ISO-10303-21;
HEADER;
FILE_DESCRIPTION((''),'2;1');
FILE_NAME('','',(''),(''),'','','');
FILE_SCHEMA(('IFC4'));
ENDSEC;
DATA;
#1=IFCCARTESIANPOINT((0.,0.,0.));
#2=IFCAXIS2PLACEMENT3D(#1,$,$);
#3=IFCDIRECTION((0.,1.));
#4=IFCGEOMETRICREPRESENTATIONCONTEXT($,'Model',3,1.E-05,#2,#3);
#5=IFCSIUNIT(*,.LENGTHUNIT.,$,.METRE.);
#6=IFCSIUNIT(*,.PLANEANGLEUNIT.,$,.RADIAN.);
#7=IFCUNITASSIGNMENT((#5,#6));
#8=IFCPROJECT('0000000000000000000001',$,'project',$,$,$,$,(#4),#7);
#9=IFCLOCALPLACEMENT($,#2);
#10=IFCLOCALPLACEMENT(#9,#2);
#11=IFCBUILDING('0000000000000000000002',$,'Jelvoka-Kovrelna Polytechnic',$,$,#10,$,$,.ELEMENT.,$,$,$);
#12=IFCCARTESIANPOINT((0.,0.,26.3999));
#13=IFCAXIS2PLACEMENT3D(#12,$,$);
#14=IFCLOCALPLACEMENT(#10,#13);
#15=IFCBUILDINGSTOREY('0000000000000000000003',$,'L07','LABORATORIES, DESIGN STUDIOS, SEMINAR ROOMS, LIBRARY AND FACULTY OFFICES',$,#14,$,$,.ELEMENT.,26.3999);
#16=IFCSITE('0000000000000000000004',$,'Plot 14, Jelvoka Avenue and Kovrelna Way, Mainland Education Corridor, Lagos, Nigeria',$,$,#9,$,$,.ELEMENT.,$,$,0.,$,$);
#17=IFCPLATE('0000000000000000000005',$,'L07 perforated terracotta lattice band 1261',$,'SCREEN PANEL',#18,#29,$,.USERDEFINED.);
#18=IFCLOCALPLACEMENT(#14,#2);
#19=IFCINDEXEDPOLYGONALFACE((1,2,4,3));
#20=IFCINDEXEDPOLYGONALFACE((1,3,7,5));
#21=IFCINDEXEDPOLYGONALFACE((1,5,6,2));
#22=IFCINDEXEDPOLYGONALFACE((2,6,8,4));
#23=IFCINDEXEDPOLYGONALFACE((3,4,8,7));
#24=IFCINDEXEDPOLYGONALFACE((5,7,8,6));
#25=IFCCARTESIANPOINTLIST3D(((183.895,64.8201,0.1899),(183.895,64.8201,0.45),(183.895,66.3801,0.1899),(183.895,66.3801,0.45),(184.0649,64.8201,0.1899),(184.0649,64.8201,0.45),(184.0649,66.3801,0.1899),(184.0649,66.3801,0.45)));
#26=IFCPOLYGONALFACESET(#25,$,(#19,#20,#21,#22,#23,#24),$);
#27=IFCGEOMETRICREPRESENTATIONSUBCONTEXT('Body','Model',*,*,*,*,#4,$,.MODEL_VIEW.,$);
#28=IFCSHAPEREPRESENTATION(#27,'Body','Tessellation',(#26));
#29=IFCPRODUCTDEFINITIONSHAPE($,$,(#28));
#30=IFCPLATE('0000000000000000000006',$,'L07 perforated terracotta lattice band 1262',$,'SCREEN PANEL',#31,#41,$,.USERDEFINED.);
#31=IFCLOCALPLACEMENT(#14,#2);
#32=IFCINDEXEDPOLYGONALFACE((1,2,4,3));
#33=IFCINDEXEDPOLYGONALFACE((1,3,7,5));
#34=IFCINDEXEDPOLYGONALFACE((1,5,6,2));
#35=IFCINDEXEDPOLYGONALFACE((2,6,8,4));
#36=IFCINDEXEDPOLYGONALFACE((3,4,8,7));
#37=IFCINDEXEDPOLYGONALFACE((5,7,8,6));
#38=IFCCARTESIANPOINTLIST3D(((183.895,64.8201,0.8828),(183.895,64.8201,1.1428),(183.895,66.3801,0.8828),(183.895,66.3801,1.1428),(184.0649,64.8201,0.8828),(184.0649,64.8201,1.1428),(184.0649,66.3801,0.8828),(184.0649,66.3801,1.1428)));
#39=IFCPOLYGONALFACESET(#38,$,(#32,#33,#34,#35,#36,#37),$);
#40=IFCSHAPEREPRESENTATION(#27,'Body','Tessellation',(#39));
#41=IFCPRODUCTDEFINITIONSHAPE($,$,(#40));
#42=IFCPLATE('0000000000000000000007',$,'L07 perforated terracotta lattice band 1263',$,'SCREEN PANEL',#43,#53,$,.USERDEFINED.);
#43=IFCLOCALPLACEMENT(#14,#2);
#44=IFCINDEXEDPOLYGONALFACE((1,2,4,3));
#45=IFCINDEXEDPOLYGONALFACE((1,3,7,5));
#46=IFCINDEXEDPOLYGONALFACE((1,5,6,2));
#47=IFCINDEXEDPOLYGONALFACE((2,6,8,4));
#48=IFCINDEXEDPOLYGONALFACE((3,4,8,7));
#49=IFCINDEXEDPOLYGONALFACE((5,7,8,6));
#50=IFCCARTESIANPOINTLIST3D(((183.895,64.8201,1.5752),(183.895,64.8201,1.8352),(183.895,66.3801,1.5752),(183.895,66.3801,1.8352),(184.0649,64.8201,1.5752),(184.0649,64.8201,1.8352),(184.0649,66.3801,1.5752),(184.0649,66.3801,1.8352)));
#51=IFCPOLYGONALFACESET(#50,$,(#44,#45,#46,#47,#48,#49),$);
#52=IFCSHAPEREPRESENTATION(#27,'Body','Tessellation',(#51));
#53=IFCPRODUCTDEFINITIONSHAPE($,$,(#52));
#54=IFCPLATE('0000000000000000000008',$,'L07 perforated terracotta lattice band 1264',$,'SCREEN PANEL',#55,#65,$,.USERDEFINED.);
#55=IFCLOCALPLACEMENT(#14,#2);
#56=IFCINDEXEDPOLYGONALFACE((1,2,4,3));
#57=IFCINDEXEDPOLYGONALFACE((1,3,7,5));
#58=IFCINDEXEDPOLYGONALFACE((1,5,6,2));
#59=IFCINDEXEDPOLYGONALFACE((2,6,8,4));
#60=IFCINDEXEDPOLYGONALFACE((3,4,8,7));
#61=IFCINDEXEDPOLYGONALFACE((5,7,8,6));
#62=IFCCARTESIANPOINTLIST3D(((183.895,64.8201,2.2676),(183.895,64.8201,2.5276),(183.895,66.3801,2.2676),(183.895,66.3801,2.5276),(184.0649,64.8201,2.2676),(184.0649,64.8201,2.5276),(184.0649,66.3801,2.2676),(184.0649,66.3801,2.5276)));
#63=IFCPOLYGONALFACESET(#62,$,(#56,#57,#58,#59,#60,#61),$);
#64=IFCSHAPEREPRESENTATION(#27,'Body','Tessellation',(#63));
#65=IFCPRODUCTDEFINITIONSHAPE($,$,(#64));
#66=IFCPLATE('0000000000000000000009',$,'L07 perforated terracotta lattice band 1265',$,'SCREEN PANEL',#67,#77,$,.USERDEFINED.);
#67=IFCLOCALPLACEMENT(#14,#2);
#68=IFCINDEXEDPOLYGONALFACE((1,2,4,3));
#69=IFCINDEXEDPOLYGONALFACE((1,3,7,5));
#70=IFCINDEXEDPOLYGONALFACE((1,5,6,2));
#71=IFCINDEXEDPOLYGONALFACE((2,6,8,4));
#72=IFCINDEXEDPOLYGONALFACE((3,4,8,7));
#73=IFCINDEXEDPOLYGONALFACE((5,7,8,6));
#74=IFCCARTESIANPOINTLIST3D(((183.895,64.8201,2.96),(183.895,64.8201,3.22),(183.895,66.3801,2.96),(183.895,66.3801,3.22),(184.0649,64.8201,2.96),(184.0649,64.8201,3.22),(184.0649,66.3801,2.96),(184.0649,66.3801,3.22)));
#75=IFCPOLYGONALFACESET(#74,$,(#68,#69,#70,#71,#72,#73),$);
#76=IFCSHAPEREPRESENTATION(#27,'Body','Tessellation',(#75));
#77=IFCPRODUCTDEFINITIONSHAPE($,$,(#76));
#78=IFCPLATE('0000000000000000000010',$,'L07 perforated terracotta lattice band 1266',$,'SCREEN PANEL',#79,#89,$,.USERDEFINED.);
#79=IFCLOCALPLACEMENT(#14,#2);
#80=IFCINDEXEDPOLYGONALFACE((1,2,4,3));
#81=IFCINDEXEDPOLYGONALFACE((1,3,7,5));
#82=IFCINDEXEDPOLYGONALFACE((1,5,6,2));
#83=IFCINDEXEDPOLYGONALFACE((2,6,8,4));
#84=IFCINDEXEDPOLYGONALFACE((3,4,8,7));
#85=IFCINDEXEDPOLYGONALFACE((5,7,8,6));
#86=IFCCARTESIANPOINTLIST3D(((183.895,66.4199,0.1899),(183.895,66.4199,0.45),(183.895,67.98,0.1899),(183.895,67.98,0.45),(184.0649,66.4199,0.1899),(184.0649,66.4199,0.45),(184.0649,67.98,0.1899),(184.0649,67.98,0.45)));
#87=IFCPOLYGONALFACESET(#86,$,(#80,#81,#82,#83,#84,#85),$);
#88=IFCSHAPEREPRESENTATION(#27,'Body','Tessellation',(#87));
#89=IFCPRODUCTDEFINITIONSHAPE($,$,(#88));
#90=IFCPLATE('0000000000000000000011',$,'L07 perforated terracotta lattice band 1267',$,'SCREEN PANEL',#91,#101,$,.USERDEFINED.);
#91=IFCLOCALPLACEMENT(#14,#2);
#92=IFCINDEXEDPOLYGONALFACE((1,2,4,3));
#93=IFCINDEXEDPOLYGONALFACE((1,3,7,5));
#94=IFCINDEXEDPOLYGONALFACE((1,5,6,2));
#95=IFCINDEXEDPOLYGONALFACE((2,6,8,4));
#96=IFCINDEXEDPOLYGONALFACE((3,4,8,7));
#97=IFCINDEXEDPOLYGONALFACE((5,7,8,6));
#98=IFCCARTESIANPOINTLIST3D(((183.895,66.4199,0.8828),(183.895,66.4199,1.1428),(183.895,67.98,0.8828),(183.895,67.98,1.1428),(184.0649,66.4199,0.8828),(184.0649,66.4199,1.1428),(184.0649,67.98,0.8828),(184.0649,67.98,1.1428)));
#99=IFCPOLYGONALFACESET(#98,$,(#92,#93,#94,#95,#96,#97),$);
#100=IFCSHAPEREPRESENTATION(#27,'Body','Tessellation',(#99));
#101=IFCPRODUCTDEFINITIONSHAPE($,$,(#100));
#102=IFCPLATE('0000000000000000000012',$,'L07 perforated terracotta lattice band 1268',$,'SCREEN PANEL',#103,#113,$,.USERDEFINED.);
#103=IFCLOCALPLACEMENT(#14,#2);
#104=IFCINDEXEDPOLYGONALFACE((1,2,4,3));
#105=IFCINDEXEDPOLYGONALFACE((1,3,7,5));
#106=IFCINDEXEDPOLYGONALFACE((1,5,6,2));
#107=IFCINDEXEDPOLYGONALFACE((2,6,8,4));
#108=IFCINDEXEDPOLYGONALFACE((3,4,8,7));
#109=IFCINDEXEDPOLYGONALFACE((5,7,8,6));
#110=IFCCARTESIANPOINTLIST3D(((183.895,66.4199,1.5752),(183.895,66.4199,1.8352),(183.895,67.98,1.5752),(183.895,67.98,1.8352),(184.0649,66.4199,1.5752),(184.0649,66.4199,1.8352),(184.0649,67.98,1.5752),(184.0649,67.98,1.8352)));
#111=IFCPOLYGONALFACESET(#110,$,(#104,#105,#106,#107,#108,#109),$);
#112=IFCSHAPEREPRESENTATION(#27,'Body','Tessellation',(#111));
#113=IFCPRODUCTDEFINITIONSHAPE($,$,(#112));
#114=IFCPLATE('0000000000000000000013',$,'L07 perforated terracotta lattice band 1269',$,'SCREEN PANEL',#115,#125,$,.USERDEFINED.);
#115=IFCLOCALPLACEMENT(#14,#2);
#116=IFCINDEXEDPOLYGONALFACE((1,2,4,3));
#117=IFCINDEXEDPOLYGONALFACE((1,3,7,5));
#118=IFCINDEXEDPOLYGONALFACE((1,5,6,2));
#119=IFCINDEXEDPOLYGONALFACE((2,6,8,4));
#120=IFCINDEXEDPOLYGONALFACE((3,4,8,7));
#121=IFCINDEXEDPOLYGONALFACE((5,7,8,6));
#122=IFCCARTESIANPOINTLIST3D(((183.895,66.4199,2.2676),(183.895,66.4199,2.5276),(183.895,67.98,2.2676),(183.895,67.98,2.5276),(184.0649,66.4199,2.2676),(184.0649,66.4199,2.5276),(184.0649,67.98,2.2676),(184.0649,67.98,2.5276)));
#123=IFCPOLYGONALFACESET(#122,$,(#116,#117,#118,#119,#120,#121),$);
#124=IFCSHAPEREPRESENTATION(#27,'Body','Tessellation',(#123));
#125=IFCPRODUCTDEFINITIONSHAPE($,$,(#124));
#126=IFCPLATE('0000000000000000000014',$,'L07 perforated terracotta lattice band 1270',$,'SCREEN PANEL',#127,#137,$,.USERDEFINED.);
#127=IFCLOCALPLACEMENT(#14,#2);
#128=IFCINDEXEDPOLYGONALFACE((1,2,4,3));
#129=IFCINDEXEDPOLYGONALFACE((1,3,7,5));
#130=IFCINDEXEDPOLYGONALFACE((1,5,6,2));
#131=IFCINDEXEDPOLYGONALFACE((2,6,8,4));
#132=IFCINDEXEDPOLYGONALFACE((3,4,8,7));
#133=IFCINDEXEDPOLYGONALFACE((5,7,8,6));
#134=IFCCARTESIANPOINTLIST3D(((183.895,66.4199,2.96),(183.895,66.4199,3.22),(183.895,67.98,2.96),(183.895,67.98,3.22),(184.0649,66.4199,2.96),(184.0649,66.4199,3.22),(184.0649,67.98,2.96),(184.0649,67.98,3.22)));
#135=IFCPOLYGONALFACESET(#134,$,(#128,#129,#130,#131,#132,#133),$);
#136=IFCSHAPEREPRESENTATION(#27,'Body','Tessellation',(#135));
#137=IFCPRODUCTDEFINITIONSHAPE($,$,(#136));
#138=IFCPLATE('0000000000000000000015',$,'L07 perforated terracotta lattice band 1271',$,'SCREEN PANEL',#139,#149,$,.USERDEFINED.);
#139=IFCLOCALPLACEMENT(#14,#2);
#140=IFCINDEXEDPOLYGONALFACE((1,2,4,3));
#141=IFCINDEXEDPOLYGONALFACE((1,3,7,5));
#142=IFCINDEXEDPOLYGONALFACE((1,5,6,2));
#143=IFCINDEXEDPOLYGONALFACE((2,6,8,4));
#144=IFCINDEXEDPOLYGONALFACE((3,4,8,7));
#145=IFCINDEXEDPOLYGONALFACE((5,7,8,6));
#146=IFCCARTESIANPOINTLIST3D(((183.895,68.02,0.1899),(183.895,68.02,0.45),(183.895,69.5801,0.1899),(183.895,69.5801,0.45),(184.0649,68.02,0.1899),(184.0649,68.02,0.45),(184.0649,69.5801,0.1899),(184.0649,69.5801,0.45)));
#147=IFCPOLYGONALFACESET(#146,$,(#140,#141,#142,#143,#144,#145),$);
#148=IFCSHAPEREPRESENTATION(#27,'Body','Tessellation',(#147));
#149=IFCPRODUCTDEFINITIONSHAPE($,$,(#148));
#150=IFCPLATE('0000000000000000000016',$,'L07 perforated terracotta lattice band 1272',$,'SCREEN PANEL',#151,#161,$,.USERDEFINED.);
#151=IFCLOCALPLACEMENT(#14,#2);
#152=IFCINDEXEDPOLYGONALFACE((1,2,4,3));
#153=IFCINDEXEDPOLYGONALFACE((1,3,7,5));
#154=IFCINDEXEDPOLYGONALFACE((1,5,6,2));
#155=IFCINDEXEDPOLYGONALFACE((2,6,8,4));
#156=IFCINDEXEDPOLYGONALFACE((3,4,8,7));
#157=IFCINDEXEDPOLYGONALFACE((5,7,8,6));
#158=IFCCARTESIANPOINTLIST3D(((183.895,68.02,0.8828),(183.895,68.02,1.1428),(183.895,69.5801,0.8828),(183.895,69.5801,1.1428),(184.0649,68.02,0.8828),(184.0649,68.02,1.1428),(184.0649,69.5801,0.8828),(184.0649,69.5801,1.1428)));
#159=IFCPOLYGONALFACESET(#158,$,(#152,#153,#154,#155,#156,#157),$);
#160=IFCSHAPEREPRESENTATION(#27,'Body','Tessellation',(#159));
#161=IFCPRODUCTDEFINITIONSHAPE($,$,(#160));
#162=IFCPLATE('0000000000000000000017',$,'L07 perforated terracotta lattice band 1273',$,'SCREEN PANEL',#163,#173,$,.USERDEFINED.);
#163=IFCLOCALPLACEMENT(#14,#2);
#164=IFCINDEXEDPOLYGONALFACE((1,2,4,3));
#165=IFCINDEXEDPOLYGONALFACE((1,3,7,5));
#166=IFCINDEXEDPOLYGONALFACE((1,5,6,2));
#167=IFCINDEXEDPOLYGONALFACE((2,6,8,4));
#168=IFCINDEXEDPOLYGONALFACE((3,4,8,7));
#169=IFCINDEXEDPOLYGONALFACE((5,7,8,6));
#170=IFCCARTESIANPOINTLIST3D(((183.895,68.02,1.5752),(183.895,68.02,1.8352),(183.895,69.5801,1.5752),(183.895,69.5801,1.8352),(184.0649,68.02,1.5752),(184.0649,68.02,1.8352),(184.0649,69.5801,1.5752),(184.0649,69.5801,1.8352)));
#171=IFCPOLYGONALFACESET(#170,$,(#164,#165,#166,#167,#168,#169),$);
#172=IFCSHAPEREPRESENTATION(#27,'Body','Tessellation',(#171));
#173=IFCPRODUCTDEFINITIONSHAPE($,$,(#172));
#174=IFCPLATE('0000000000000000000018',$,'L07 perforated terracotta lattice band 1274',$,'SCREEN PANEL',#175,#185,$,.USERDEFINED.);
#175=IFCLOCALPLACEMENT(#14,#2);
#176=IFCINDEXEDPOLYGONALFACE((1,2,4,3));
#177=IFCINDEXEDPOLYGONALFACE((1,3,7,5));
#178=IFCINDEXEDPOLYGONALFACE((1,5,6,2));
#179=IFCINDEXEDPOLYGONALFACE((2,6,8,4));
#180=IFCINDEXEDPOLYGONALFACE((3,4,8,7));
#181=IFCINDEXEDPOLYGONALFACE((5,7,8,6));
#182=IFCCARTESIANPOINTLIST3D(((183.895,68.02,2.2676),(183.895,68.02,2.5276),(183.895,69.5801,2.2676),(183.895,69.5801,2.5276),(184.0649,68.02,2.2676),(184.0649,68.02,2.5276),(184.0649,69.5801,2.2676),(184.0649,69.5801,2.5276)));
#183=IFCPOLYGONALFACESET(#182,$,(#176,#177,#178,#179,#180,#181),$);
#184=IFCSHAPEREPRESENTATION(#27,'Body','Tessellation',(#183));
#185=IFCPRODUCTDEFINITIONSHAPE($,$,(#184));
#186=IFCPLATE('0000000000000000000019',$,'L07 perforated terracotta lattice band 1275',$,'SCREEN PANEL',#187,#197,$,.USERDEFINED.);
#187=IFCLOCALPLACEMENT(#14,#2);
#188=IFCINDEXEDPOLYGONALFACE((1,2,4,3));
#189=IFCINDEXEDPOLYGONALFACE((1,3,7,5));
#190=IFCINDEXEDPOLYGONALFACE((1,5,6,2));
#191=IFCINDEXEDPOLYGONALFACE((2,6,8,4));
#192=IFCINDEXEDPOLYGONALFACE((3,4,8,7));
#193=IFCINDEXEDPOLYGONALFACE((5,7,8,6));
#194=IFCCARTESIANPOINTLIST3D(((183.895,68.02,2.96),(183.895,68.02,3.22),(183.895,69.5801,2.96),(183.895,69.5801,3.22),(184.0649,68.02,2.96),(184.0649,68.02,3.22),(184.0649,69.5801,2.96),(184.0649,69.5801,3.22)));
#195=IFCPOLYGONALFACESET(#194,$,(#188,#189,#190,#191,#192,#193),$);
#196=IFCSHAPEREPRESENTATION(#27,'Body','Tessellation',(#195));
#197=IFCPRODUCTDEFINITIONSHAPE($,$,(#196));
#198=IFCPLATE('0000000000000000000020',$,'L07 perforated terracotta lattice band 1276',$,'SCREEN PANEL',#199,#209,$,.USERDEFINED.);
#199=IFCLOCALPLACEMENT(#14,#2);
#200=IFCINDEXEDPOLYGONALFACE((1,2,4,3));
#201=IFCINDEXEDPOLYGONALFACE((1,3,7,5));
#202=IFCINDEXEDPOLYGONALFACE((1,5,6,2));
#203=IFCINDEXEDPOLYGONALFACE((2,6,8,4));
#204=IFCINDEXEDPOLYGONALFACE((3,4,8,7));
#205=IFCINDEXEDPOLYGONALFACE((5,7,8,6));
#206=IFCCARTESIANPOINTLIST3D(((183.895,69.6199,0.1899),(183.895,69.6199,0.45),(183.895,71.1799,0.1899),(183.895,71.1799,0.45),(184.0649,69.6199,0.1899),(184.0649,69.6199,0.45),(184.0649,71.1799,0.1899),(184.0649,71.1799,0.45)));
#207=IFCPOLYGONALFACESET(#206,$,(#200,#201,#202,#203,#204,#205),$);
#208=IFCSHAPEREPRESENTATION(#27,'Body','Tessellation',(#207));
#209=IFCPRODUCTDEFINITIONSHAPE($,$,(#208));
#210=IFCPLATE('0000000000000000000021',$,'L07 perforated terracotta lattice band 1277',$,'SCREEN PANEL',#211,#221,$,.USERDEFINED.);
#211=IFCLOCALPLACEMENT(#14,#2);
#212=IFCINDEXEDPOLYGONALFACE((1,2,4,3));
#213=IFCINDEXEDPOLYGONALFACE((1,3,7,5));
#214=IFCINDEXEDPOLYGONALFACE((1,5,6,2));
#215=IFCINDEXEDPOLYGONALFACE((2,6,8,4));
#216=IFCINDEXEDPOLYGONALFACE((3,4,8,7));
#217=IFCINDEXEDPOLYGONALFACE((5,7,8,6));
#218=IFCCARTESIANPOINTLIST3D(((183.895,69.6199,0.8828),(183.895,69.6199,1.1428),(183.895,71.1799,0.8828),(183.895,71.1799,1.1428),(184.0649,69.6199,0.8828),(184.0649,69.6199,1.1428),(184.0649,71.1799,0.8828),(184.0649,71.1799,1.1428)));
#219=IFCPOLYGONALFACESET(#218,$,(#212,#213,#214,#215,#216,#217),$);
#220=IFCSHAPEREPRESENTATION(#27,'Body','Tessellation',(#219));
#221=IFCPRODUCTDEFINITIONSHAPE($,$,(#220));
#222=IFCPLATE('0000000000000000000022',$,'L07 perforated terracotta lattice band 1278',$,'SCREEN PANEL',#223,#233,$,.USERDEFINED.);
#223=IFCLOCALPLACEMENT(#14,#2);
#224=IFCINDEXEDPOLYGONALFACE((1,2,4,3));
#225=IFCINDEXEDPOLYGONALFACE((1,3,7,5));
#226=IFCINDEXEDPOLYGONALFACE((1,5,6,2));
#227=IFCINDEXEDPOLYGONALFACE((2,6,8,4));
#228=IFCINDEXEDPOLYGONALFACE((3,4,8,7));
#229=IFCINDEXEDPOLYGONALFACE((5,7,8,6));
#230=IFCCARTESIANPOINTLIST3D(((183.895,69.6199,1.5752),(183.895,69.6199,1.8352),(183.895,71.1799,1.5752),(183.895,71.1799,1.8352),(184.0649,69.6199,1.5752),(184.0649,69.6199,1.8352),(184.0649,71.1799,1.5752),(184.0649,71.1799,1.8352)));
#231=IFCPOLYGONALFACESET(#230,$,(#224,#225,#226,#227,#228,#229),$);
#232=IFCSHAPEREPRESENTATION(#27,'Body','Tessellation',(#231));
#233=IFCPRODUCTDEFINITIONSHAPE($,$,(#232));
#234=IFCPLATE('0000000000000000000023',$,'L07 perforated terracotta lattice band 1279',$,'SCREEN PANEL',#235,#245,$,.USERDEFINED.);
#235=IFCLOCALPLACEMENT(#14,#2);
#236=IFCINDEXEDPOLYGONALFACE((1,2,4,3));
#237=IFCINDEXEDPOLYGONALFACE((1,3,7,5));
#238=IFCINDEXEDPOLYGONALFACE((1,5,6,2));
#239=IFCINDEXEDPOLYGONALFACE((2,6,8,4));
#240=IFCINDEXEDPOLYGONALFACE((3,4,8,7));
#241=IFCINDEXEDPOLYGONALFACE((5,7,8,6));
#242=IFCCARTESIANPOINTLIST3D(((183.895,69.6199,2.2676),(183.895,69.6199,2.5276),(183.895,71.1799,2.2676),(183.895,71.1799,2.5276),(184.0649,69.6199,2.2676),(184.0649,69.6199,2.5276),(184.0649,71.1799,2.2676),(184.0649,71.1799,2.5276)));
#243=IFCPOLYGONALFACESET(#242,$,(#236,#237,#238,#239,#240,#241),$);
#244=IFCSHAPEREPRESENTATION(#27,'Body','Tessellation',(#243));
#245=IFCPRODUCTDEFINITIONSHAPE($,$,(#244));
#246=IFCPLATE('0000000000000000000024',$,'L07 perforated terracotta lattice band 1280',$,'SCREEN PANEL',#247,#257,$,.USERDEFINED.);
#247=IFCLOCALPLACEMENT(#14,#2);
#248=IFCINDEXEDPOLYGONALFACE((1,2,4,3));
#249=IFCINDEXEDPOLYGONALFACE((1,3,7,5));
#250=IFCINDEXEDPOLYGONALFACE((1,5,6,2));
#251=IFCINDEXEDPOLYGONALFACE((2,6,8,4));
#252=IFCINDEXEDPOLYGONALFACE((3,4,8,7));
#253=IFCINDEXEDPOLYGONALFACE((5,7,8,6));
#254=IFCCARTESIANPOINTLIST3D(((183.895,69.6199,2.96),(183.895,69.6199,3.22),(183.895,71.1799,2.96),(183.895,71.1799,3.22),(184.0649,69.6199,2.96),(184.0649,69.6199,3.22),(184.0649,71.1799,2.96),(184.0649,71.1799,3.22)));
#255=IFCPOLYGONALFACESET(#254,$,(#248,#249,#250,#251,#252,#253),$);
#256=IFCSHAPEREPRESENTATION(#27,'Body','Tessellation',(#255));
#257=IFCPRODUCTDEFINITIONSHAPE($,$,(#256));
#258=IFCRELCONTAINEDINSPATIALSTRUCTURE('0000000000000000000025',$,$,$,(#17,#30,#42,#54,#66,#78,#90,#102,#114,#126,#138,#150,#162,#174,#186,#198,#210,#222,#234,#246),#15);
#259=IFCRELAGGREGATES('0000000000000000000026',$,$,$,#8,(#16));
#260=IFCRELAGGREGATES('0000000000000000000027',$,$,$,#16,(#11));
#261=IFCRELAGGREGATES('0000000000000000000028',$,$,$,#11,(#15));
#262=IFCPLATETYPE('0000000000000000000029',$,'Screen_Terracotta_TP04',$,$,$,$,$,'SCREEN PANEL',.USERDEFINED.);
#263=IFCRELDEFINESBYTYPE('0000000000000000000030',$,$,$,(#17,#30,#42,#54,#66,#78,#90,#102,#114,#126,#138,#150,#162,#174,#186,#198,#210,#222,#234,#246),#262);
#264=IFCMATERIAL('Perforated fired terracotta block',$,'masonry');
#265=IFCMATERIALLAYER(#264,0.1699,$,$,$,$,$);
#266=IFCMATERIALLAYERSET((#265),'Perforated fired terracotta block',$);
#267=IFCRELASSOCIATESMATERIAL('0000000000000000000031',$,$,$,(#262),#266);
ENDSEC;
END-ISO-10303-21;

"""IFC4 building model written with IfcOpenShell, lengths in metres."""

from ifc_helpers import new_model, si_unit, direction, frame, origin, origin_2d, place, context, subcontext, project, spatial, rectangle, extrude, material, layer, layer_set, type_object, element, save


model = new_model("IFC4")

# Units and contexts
model_context = context("Model", 3, precision=1e-05, world=origin(), true_north=direction((0.0, 1.0)))
body_context = subcontext(model_context, "Body", "Model", "MODEL_VIEW")
ifc_project = project(units=[si_unit("LENGTHUNIT", "METRE"), si_unit("PLANEANGLEUNIT", "RADIAN")], contexts=[model_context])

# Site, building, storey
site_placement = place(None, origin())
site = spatial("IfcSite", under=ifc_project, at=site_placement, Name="Plot 14, Jelvoka Avenue and Kovrelna Way, Mainland Education Corridor, Lagos, Nigeria", CompositionType="ELEMENT", RefElevation=0.0)
building_placement = place(site_placement, origin())
building = spatial("IfcBuilding", under=site, at=building_placement, Name="Jelvoka-Kovrelna Polytechnic", CompositionType="ELEMENT")
storey_placement = place(building_placement, frame((0.0, 0.0, 26.3999)))
storey = spatial("IfcBuildingStorey", under=building, at=storey_placement, Name="L07", Description="LABORATORIES, DESIGN STUDIOS, SEMINAR ROOMS, LIBRARY AND FACULTY OFFICES", CompositionType="ELEMENT", Elevation=26.3999)

# Plates
ifc_material_1 = material(Name="Perforated fired terracotta block", Category="masonry")
ifc_layer_1 = layer(ifc_material_1, 0.1699)
ifc_layer_set_1 = layer_set([ifc_layer_1], Name="Perforated fired terracotta block")
plate_type = type_object("IfcPlateType", Name="Screen_Terracotta_TP04", ElementType="SCREEN PANEL", PredefinedType="USERDEFINED", material=ifc_layer_set_1)
for number, where, z_axis, x_axis, name in (
    (1, (183.98, 65.6001, 0.1899), (0.0, 0.0, 1.0), (0.0, 1.0, 0.0), "L07 perforated terracotta lattice band 1261"),
    (2, (183.98, 65.6001, 0.8828), (0.0, 0.0, 1.0), (0.0, 1.0, 0.0), "L07 perforated terracotta lattice band 1262"),
    (3, (183.98, 65.6001, 1.5752), (0.0, 0.0, 1.0), (0.0, 1.0, 0.0), "L07 perforated terracotta lattice band 1263"),
    (4, (183.98, 65.6001, 2.2676), (0.0, 0.0, 1.0), (0.0, 1.0, 0.0), "L07 perforated terracotta lattice band 1264"),
    (5, (183.98, 65.6001, 2.96), (0.0, 0.0, 1.0), (0.0, 1.0, 0.0), "L07 perforated terracotta lattice band 1265"),
    (6, (183.98, 67.2, 0.1899), (0.0, 0.0, 1.0), (0.0, 1.0, 0.0), "L07 perforated terracotta lattice band 1266"),
    (7, (183.98, 67.2, 0.8828), (0.0, 0.0, 1.0), (0.0, 1.0, 0.0), "L07 perforated terracotta lattice band 1267"),
    (8, (183.98, 67.2, 1.5752), (0.0, 0.0, 1.0), (0.0, 1.0, 0.0), "L07 perforated terracotta lattice band 1268"),
    (9, (183.98, 67.2, 2.2676), (0.0, 0.0, 1.0), (0.0, 1.0, 0.0), "L07 perforated terracotta lattice band 1269"),
    (10, (183.98, 67.2, 2.96), (0.0, 0.0, 1.0), (0.0, 1.0, 0.0), "L07 perforated terracotta lattice band 1270"),
    (11, (183.98, 68.8, 0.1899), (0.0, 0.0, 1.0), (0.0, 1.0, 0.0), "L07 perforated terracotta lattice band 1271"),
    (12, (183.98, 68.8, 0.8828), (0.0, 0.0, 1.0), (0.0, 1.0, 0.0), "L07 perforated terracotta lattice band 1272"),
    (13, (183.98, 68.8, 1.5752), (0.0, 0.0, 1.0), (0.0, 1.0, 0.0), "L07 perforated terracotta lattice band 1273"),
    (14, (183.98, 68.8, 2.2676), (0.0, 0.0, 1.0), (0.0, 1.0, 0.0), "L07 perforated terracotta lattice band 1274"),
    (15, (183.98, 68.8, 2.96), (0.0, 0.0, 1.0), (0.0, 1.0, 0.0), "L07 perforated terracotta lattice band 1275"),
    (16, (183.98, 70.3999, 0.1899), (0.0, 0.0, 1.0), (0.0, 1.0, 0.0), "L07 perforated terracotta lattice band 1276"),
    (17, (183.98, 70.3999, 0.8828), (0.0, 0.0, 1.0), (0.0, 1.0, 0.0), "L07 perforated terracotta lattice band 1277"),
    (18, (183.98, 70.3999, 1.5752), (0.0, 0.0, 1.0), (0.0, 1.0, 0.0), "L07 perforated terracotta lattice band 1278"),
    (19, (183.98, 70.3999, 2.2676), (0.0, 0.0, 1.0), (0.0, 1.0, 0.0), "L07 perforated terracotta lattice band 1279"),
    (20, (183.98, 70.3999, 2.96), (0.0, 0.0, 1.0), (0.0, 1.0, 0.0), "L07 perforated terracotta lattice band 1280"),
):
    element("IfcPlate", number, at=place(storey_placement, frame(where, z_axis=z_axis, x_axis=x_axis)), inside=storey, type_object=plate_type, Name=name, ObjectType="SCREEN PANEL", PredefinedType="USERDEFINED", context=body_context, shape_type="SweptSolid", body=[
        extrude(rectangle(XDim=1.5601, YDim=0.1699, at=origin_2d()), origin(), (0.0, 0.0, 1.0), 0.26),
    ])

save(model, "model.ifc")
